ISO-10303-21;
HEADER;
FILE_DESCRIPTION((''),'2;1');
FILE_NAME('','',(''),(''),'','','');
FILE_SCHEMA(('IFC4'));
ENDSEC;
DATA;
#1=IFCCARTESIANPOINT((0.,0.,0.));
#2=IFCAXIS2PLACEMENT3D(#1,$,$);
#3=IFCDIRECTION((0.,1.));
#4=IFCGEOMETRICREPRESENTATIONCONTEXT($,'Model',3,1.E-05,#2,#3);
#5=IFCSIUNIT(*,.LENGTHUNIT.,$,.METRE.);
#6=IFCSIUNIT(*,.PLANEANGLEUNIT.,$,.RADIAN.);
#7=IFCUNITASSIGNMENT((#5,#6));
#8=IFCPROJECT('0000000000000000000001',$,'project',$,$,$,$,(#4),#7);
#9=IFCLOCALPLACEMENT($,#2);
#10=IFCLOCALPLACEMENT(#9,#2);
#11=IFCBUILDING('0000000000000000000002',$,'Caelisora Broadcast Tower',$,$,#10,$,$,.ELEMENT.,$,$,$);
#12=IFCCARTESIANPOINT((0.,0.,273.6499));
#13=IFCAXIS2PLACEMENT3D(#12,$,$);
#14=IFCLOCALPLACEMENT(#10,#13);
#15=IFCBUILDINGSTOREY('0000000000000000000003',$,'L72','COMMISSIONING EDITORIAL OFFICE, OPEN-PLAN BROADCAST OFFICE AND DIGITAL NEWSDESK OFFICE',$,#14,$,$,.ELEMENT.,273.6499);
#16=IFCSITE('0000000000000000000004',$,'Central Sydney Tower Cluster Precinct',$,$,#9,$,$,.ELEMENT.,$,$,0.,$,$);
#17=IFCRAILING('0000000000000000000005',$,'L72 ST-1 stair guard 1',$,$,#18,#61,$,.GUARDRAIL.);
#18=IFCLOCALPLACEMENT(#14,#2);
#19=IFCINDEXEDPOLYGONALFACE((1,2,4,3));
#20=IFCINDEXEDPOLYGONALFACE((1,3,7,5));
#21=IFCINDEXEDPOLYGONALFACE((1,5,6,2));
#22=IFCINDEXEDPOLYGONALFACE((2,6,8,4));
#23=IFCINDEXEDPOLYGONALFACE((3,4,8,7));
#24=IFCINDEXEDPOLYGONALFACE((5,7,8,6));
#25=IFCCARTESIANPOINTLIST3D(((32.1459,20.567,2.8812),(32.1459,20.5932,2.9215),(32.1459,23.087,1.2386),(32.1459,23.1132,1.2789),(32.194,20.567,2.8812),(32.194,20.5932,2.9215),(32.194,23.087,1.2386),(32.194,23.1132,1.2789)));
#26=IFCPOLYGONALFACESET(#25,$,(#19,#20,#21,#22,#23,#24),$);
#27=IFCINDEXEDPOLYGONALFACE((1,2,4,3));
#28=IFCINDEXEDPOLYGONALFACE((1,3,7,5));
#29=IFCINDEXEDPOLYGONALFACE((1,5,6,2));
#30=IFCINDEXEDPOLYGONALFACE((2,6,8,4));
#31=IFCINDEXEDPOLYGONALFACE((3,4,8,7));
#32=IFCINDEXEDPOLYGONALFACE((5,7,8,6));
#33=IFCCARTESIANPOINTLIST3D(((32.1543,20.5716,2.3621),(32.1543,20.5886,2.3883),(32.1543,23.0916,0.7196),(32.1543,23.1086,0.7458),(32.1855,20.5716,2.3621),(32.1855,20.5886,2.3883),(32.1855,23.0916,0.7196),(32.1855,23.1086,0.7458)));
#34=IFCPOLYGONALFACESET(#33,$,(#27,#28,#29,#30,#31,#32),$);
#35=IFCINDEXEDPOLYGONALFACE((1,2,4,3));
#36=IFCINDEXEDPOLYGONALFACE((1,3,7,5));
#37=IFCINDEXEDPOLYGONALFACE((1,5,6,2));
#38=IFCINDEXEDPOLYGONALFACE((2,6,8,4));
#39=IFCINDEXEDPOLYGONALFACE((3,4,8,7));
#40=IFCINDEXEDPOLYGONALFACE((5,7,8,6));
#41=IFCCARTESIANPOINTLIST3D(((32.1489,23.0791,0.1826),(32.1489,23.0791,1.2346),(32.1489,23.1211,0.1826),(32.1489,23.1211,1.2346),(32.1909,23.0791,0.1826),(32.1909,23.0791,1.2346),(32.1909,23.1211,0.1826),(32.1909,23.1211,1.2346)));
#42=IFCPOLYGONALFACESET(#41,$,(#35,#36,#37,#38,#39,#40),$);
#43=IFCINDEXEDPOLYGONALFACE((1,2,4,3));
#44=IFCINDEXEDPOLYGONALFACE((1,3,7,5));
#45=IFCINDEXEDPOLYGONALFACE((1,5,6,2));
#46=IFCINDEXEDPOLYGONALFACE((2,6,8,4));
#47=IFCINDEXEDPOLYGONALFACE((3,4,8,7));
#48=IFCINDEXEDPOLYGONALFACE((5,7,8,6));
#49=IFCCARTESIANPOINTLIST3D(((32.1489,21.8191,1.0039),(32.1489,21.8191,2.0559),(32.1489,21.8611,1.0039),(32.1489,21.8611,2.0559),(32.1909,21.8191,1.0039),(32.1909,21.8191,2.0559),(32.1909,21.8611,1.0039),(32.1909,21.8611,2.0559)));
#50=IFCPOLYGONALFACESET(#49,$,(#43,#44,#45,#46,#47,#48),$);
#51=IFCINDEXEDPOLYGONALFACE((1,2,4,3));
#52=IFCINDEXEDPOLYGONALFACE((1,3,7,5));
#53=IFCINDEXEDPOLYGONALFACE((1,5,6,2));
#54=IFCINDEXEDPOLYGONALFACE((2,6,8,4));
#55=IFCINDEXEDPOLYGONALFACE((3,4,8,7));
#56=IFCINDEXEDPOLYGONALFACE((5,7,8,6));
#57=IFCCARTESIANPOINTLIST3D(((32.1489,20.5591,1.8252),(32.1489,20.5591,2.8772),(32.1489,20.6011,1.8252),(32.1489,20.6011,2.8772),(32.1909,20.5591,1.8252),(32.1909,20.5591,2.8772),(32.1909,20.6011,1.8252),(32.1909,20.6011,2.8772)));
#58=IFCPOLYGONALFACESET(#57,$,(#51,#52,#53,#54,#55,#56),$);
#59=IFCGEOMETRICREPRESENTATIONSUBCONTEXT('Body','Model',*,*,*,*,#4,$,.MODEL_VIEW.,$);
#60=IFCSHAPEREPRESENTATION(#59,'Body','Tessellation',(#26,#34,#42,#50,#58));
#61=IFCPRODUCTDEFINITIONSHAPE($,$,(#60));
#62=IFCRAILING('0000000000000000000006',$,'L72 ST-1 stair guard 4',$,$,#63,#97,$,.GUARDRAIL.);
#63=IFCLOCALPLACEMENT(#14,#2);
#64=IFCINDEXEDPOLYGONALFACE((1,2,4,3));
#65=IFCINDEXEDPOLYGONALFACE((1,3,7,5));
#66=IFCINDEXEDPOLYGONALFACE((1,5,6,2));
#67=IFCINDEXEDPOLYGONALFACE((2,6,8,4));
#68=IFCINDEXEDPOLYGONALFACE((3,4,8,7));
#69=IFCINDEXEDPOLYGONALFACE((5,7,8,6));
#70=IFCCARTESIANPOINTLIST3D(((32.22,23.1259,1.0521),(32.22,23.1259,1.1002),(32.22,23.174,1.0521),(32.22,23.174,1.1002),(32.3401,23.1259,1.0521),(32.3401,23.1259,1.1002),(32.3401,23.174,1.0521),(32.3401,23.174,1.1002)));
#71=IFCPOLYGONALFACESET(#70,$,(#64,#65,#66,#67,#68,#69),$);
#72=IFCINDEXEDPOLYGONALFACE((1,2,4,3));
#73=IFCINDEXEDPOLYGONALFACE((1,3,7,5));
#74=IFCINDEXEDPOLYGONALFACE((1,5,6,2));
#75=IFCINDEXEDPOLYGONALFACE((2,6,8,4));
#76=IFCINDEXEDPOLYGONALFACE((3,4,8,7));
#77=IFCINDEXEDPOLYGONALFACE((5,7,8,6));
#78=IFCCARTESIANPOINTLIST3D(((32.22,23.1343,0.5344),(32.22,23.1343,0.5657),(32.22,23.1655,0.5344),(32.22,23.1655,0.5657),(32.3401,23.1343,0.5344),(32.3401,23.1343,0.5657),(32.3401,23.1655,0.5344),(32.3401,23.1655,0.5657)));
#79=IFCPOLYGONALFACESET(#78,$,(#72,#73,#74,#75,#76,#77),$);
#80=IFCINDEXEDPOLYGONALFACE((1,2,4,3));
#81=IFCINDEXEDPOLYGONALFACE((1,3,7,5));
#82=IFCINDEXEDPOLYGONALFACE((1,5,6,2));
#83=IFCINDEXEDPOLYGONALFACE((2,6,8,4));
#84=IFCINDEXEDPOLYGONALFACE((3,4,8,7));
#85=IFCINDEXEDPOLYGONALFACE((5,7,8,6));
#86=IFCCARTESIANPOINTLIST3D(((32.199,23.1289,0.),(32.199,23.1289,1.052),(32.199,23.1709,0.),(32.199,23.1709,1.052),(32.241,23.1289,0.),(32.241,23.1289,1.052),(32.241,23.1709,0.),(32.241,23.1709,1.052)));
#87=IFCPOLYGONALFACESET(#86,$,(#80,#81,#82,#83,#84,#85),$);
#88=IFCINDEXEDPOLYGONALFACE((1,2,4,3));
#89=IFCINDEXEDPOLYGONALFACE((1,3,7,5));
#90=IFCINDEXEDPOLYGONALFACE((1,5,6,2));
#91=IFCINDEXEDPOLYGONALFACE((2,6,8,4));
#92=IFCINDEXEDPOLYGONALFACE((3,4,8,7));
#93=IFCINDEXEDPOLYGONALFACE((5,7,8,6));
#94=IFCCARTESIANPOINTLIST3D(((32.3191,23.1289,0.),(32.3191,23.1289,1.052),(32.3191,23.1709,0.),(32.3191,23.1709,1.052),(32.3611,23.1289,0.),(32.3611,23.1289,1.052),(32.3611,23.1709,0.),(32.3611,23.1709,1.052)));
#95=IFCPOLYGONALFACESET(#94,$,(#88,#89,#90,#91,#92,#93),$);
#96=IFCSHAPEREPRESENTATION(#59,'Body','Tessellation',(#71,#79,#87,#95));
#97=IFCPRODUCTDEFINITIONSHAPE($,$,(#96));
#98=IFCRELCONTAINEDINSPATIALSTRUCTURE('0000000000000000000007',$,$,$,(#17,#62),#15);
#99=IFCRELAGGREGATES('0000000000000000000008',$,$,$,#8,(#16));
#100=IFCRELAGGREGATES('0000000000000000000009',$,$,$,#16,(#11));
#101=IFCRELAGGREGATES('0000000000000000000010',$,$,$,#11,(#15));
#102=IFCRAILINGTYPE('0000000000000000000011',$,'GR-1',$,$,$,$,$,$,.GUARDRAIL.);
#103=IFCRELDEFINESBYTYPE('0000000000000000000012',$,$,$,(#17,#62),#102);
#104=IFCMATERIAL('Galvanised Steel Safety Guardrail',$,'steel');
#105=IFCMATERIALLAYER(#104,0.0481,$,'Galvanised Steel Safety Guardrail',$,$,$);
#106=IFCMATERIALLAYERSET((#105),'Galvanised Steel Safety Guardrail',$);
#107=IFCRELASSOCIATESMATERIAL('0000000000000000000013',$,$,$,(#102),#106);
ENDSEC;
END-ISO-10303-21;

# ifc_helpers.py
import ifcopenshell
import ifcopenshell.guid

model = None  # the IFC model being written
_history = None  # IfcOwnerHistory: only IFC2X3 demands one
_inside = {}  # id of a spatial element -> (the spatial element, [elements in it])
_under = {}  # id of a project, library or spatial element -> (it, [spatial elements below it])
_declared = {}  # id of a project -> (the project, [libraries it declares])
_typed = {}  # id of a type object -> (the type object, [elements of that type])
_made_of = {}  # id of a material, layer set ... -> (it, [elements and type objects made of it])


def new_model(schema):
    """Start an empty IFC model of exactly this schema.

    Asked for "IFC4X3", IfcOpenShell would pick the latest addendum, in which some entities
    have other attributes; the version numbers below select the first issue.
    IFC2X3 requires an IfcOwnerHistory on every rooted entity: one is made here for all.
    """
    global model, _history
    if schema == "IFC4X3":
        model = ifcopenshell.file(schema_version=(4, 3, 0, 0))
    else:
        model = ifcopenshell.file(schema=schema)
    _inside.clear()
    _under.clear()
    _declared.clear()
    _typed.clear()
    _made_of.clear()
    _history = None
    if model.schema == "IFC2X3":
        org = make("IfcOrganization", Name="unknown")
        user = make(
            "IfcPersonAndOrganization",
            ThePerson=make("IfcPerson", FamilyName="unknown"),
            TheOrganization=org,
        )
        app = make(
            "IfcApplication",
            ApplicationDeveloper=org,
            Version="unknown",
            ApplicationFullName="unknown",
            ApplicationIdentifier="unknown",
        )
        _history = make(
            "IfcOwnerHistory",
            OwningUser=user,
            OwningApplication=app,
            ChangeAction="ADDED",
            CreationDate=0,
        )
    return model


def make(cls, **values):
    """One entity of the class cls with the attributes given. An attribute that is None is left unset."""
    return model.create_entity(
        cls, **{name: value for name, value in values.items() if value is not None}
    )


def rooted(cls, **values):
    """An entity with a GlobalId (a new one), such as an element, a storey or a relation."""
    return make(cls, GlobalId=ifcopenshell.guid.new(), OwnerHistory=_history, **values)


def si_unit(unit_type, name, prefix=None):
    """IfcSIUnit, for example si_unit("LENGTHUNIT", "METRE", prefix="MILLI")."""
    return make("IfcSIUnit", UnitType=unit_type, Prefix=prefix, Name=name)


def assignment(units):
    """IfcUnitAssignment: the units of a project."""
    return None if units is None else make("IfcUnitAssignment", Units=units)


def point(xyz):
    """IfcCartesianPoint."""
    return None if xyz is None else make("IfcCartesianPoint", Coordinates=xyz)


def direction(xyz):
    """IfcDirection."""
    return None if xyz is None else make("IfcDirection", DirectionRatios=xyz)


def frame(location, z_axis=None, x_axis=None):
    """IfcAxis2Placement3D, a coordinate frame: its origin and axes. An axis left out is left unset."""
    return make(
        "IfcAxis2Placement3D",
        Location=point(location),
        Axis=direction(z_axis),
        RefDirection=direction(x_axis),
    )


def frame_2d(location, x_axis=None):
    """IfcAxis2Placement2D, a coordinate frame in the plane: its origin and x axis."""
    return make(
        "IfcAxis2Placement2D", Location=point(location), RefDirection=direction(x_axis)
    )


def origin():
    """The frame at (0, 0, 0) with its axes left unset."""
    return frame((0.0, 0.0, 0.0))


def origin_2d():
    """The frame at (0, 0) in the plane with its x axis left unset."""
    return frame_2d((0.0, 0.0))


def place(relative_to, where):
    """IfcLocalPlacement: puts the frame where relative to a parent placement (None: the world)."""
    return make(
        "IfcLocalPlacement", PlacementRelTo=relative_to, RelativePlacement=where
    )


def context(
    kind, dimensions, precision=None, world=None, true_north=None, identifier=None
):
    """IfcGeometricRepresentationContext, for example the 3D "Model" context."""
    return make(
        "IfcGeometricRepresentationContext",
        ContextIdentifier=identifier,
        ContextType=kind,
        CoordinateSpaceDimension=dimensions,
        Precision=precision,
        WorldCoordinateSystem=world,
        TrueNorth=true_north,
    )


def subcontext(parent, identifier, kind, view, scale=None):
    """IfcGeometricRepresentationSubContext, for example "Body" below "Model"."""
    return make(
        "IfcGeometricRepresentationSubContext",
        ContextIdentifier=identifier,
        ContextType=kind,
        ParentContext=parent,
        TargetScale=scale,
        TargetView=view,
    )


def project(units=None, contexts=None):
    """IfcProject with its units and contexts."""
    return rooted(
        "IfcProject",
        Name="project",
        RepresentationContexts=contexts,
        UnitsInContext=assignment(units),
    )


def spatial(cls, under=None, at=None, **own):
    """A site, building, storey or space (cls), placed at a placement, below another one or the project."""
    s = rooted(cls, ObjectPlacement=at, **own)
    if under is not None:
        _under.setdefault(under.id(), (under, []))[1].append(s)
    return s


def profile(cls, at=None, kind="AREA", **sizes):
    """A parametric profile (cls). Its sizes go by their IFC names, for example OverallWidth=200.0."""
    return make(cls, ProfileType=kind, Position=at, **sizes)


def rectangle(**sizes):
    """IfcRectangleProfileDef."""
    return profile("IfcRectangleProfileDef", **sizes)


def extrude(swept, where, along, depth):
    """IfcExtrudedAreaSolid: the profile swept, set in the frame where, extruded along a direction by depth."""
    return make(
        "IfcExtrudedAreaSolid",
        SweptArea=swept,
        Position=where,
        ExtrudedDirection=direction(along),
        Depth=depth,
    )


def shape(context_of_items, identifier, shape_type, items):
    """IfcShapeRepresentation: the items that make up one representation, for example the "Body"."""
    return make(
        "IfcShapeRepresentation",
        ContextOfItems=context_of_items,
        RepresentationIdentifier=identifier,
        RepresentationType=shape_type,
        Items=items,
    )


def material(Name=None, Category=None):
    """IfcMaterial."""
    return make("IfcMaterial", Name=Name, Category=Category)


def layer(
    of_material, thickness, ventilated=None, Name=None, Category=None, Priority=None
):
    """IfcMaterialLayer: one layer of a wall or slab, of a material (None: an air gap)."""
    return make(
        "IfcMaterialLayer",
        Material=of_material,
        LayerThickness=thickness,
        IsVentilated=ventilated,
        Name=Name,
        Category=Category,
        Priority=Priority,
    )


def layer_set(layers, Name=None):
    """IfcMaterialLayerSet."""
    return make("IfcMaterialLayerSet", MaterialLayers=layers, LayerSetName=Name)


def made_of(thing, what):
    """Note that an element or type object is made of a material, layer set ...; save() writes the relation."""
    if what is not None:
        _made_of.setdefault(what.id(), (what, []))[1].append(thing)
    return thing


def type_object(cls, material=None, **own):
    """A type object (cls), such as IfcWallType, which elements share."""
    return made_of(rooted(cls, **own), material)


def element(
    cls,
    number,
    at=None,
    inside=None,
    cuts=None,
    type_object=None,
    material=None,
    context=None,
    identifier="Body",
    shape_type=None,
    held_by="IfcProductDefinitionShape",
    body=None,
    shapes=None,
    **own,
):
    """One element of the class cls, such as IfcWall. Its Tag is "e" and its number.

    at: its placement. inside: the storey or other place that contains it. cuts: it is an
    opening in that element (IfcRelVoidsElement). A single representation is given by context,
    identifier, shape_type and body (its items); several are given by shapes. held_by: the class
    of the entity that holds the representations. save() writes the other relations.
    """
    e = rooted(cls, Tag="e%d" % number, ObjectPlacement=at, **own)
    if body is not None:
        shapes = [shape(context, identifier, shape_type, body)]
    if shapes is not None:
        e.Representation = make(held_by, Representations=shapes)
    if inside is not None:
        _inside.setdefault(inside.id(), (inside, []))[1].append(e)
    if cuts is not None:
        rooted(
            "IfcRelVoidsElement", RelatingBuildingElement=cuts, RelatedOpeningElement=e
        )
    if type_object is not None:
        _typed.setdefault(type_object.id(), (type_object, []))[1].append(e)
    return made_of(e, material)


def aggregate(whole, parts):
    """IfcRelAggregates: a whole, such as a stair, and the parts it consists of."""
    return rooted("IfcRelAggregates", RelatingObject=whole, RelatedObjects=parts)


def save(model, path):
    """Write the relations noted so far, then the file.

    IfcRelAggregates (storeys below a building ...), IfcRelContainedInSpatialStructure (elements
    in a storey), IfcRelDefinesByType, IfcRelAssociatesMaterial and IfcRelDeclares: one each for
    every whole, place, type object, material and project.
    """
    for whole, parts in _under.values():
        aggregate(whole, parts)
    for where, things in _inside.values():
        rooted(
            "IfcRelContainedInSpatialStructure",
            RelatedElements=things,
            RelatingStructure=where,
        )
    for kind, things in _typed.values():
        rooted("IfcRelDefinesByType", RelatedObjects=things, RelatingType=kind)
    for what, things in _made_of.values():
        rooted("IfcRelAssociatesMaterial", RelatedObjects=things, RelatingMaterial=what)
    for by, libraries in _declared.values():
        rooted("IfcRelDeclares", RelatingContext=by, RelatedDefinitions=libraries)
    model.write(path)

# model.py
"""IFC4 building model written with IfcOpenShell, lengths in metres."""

from ifc_helpers import new_model, si_unit, direction, frame, origin, origin_2d, place, context, subcontext, project, spatial, rectangle, extrude, material, layer, layer_set, type_object, element, save


model = new_model("IFC4")

# Units and contexts
model_context = context("Model", 3, precision=1e-05, world=origin(), true_north=direction((0.0, 1.0)))
body_context = subcontext(model_context, "Body", "Model", "MODEL_VIEW")
ifc_project = project(units=[si_unit("LENGTHUNIT", "METRE"), si_unit("PLANEANGLEUNIT", "RADIAN")], contexts=[model_context])

# Site, building, storey
site_placement = place(None, origin())
site = spatial("IfcSite", under=ifc_project, at=site_placement, Name="Central Sydney Tower Cluster Precinct", CompositionType="ELEMENT", RefElevation=0.0)
building_placement = place(site_placement, origin())
building = spatial("IfcBuilding", under=site, at=building_placement, Name="Caelisora Broadcast Tower", CompositionType="ELEMENT")
storey_placement = place(building_placement, frame((0.0, 0.0, 273.6499)))
storey = spatial("IfcBuildingStorey", under=building, at=storey_placement, Name="L72", Description="COMMISSIONING EDITORIAL OFFICE, OPEN-PLAN BROADCAST OFFICE AND DIGITAL NEWSDESK OFFICE", CompositionType="ELEMENT", Elevation=273.6499)

# Railings
ifc_material_1 = material(Name="Galvanised Steel Safety Guardrail", Category="steel")
ifc_layer_1 = layer(ifc_material_1, 0.0481, Name="Galvanised Steel Safety Guardrail")
ifc_layer_set_1 = layer_set([ifc_layer_1], Name="Galvanised Steel Safety Guardrail")
railing_type = type_object("IfcRailingType", Name="GR-1", PredefinedType="GUARDRAIL", material=ifc_layer_set_1)
railing_1_placement = place(storey_placement, frame((32.1699, 23.1001, 0.1826)))
element("IfcRailing", 1, at=railing_1_placement, inside=storey, type_object=railing_type, Name="L72 ST-1 stair guard 1", PredefinedType="GUARDRAIL", context=body_context, shape_type="SweptSolid", body=[
    extrude(rectangle(XDim=0.0481, YDim=0.0481, at=origin_2d()), frame((0.0, 0.0, 1.0762), z_axis=(0.0, -0.837749, 0.546055), x_axis=(1.0, 0.0, 0.0)), (0.0, 0.0, 1.0), 3.0081),
    extrude(rectangle(XDim=0.0312, YDim=0.0312, at=origin_2d()), frame((0.0, 0.0, 0.55), z_axis=(0.0, -0.837749, 0.546055), x_axis=(1.0, 0.0, 0.0)), (0.0, 0.0, 1.0), 3.0081),
    extrude(rectangle(XDim=0.042, YDim=0.042, at=origin_2d()), origin(), (0.0, 0.0, 1.0), 1.052),
    extrude(rectangle(XDim=0.042, YDim=0.042, at=origin_2d()), frame((0.0, -1.26, 0.8213)), (0.0, 0.0, 1.0), 1.052),
    extrude(rectangle(XDim=0.042, YDim=0.042, at=origin_2d()), frame((0.0, -2.52, 1.6426)), (0.0, 0.0, 1.0), 1.052),
])
railing_2_placement = place(storey_placement, frame((32.22, 23.1499, 0.0)))
element("IfcRailing", 2, at=railing_2_placement, inside=storey, type_object=railing_type, Name="L72 ST-1 stair guard 4", PredefinedType="GUARDRAIL", context=body_context, shape_type="SweptSolid", body=[
    extrude(rectangle(XDim=0.0481, YDim=0.0481, at=origin_2d()), frame((0.0, 0.0, 1.0762), z_axis=(1.0, 0.0, 0.0), x_axis=(0.0, 1.0, 0.0)), (0.0, 0.0, 1.0), 0.1201),
    extrude(rectangle(XDim=0.0312, YDim=0.0312, at=origin_2d()), frame((0.0, 0.0, 0.55), z_axis=(1.0, 0.0, 0.0), x_axis=(0.0, 1.0, 0.0)), (0.0, 0.0, 1.0), 0.1201),
    extrude(rectangle(XDim=0.042, YDim=0.042, at=origin_2d()), origin(), (0.0, 0.0, 1.0), 1.052),
    extrude(rectangle(XDim=0.042, YDim=0.042, at=origin_2d()), frame((0.1201, 0.0, 0.0)), (0.0, 0.0, 1.0), 1.052),
])

save(model, "model.ifc")
